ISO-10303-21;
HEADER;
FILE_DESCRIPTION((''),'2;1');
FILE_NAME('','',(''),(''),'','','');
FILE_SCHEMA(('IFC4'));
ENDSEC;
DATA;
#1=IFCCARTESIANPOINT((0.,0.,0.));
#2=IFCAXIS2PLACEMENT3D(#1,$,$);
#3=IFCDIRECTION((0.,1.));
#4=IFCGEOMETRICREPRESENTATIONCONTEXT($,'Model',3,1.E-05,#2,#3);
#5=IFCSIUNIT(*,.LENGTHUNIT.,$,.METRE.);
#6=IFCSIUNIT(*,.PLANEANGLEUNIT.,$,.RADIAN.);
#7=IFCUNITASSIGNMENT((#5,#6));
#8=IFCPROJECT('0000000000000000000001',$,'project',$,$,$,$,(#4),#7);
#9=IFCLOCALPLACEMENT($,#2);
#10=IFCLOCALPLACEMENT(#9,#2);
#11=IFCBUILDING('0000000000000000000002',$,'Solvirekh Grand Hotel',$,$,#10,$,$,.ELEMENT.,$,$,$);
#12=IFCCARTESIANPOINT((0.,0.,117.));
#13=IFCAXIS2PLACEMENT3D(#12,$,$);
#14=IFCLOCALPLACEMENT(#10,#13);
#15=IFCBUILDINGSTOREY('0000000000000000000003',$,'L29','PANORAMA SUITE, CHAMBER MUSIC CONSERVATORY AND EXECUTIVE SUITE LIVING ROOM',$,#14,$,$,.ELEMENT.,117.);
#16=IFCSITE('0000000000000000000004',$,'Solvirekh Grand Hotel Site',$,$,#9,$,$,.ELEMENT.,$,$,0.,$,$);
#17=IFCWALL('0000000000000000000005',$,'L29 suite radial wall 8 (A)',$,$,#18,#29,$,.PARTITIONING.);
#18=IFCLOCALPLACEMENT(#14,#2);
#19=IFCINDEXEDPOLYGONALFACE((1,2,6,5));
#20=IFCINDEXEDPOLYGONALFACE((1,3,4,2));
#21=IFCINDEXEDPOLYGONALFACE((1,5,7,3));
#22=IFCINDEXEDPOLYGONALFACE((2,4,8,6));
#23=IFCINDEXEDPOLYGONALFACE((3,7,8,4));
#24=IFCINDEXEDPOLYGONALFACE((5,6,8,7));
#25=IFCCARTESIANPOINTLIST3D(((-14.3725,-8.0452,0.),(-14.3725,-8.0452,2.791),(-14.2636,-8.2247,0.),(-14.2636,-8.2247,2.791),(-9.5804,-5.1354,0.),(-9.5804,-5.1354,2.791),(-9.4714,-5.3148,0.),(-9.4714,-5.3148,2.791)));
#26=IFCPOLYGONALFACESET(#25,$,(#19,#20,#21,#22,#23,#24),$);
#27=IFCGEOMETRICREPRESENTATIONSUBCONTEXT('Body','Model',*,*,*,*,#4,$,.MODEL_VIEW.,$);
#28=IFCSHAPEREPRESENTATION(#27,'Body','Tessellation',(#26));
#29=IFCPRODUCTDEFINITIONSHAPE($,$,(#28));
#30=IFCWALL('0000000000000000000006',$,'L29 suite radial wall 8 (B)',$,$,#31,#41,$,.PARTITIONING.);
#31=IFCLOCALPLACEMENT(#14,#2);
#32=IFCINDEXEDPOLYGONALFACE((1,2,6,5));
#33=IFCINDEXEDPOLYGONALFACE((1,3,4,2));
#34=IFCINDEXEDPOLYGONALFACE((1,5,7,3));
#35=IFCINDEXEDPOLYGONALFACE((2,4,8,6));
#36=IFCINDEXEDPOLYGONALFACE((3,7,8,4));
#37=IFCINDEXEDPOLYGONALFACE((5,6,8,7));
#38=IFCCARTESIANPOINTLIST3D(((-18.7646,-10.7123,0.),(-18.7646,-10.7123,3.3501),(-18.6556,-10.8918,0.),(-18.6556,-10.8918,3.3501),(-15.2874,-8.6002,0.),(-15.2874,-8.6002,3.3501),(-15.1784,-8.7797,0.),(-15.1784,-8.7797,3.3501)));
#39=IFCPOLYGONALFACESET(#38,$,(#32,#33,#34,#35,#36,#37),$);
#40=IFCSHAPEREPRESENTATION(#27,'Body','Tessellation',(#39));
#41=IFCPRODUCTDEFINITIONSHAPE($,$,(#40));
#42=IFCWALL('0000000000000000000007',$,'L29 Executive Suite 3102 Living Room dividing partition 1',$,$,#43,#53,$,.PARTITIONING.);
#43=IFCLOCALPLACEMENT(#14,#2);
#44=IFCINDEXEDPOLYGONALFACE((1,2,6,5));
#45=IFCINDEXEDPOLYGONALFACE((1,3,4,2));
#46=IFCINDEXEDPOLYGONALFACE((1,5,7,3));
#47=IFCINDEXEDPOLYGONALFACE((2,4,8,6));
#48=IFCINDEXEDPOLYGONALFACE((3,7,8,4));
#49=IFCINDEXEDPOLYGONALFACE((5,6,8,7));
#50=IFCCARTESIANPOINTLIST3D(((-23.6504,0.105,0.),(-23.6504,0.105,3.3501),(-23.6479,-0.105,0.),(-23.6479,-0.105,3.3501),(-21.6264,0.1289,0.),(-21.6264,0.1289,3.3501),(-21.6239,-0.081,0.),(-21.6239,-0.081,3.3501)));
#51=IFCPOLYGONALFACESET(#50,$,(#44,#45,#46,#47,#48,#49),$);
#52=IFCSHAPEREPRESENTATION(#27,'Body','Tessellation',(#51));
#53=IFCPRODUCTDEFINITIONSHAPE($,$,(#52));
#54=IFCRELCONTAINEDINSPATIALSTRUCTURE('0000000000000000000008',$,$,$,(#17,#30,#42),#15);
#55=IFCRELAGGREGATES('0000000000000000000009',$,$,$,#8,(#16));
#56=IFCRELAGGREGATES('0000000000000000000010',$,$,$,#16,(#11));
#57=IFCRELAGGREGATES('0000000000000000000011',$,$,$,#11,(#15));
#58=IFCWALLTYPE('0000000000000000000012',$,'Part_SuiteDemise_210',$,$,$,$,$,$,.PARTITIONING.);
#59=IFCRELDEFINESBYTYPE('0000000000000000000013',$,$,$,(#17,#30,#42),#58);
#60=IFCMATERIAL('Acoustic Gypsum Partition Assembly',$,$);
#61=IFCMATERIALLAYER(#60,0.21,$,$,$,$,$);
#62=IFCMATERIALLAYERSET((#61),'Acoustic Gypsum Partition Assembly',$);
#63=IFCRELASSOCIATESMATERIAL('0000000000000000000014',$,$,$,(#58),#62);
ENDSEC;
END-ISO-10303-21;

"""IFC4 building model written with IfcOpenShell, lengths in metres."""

from ifc_helpers import new_model, si_unit, direction, frame, frame_2d, origin, place, context, subcontext, project, spatial, rectangle, extrude, material, layer, layer_set, type_object, element, save


model = new_model("IFC4")

# Units and contexts
model_context = context("Model", 3, precision=1e-05, world=origin(), true_north=direction((0.0, 1.0)))
body_context = subcontext(model_context, "Body", "Model", "MODEL_VIEW")
ifc_project = project(units=[si_unit("LENGTHUNIT", "METRE"), si_unit("PLANEANGLEUNIT", "RADIAN")], contexts=[model_context])

# Site, building, storey
site_placement = place(None, origin())
site = spatial("IfcSite", under=ifc_project, at=site_placement, Name="Solvirekh Grand Hotel Site", CompositionType="ELEMENT", RefElevation=0.0)
building_placement = place(site_placement, origin())
building = spatial("IfcBuilding", under=site, at=building_placement, Name="Solvirekh Grand Hotel", CompositionType="ELEMENT")
storey_placement = place(building_placement, frame((0.0, 0.0, 117.0)))
storey = spatial("IfcBuildingStorey", under=building, at=storey_placement, Name="L29", Description="PANORAMA SUITE, CHAMBER MUSIC CONSERVATORY AND EXECUTIVE SUITE LIVING ROOM", CompositionType="ELEMENT", Elevation=117.0)

# Shared definitions
ifc_material_1 = material(Name="Acoustic Gypsum Partition Assembly")

# Walls
ifc_layer_1 = layer(ifc_material_1, 0.21)
ifc_layer_set_1 = layer_set([ifc_layer_1], Name="Acoustic Gypsum Partition Assembly")
wall_type_1 = type_object("IfcWallType", Name="Part_SuiteDemise_210", PredefinedType="PARTITIONING", material=ifc_layer_set_1)
wall_1_placement = place(storey_placement, frame((-9.5259, -5.2251, 0.0), z_axis=(0.0, 0.0, 1.0), x_axis=(-0.854761, -0.519022, 0.0)))
element("IfcWall", 1, at=wall_1_placement, inside=storey, type_object=wall_type_1, Name="L29 suite radial wall 8 (A)", PredefinedType="PARTITIONING", context=body_context, shape_type="SweptSolid", body=[
    extrude(rectangle(XDim=5.6064, YDim=0.21, at=frame_2d((2.8032, 0.0))), origin(), (0.0, 0.0, 1.0), 2.791),
])
wall_2_placement = place(storey_placement, frame((-15.2329, -8.6899, 0.0), z_axis=(0.0, 0.0, 1.0), x_axis=(-0.854679, -0.519157, 0.0)))
element("IfcWall", 2, at=wall_2_placement, inside=storey, type_object=wall_type_1, Name="L29 suite radial wall 8 (B)", PredefinedType="PARTITIONING", context=body_context, shape_type="SweptSolid", body=[
    extrude(rectangle(XDim=4.0684, YDim=0.21, at=frame_2d((2.0342, 0.0))), origin(), (0.0, 0.0, 1.0), 3.3501),
])
wall_3_placement = place(storey_placement, frame((-21.625, 0.0239, 0.0), z_axis=(0.0, 0.0, 1.0), x_axis=(-0.99993, -0.011821, 0.0)))
element("IfcWall", 3, at=wall_3_placement, inside=storey, type_object=wall_type_1, Name="L29 Executive Suite 3102 Living Room dividing partition 1", PredefinedType="PARTITIONING", context=body_context, shape_type="SweptSolid", body=[
    extrude(rectangle(XDim=2.0242, YDim=0.21, at=frame_2d((1.0122, 0.0))), origin(), (0.0, 0.0, 1.0), 3.3501),
])

save(model, "model.ifc")
